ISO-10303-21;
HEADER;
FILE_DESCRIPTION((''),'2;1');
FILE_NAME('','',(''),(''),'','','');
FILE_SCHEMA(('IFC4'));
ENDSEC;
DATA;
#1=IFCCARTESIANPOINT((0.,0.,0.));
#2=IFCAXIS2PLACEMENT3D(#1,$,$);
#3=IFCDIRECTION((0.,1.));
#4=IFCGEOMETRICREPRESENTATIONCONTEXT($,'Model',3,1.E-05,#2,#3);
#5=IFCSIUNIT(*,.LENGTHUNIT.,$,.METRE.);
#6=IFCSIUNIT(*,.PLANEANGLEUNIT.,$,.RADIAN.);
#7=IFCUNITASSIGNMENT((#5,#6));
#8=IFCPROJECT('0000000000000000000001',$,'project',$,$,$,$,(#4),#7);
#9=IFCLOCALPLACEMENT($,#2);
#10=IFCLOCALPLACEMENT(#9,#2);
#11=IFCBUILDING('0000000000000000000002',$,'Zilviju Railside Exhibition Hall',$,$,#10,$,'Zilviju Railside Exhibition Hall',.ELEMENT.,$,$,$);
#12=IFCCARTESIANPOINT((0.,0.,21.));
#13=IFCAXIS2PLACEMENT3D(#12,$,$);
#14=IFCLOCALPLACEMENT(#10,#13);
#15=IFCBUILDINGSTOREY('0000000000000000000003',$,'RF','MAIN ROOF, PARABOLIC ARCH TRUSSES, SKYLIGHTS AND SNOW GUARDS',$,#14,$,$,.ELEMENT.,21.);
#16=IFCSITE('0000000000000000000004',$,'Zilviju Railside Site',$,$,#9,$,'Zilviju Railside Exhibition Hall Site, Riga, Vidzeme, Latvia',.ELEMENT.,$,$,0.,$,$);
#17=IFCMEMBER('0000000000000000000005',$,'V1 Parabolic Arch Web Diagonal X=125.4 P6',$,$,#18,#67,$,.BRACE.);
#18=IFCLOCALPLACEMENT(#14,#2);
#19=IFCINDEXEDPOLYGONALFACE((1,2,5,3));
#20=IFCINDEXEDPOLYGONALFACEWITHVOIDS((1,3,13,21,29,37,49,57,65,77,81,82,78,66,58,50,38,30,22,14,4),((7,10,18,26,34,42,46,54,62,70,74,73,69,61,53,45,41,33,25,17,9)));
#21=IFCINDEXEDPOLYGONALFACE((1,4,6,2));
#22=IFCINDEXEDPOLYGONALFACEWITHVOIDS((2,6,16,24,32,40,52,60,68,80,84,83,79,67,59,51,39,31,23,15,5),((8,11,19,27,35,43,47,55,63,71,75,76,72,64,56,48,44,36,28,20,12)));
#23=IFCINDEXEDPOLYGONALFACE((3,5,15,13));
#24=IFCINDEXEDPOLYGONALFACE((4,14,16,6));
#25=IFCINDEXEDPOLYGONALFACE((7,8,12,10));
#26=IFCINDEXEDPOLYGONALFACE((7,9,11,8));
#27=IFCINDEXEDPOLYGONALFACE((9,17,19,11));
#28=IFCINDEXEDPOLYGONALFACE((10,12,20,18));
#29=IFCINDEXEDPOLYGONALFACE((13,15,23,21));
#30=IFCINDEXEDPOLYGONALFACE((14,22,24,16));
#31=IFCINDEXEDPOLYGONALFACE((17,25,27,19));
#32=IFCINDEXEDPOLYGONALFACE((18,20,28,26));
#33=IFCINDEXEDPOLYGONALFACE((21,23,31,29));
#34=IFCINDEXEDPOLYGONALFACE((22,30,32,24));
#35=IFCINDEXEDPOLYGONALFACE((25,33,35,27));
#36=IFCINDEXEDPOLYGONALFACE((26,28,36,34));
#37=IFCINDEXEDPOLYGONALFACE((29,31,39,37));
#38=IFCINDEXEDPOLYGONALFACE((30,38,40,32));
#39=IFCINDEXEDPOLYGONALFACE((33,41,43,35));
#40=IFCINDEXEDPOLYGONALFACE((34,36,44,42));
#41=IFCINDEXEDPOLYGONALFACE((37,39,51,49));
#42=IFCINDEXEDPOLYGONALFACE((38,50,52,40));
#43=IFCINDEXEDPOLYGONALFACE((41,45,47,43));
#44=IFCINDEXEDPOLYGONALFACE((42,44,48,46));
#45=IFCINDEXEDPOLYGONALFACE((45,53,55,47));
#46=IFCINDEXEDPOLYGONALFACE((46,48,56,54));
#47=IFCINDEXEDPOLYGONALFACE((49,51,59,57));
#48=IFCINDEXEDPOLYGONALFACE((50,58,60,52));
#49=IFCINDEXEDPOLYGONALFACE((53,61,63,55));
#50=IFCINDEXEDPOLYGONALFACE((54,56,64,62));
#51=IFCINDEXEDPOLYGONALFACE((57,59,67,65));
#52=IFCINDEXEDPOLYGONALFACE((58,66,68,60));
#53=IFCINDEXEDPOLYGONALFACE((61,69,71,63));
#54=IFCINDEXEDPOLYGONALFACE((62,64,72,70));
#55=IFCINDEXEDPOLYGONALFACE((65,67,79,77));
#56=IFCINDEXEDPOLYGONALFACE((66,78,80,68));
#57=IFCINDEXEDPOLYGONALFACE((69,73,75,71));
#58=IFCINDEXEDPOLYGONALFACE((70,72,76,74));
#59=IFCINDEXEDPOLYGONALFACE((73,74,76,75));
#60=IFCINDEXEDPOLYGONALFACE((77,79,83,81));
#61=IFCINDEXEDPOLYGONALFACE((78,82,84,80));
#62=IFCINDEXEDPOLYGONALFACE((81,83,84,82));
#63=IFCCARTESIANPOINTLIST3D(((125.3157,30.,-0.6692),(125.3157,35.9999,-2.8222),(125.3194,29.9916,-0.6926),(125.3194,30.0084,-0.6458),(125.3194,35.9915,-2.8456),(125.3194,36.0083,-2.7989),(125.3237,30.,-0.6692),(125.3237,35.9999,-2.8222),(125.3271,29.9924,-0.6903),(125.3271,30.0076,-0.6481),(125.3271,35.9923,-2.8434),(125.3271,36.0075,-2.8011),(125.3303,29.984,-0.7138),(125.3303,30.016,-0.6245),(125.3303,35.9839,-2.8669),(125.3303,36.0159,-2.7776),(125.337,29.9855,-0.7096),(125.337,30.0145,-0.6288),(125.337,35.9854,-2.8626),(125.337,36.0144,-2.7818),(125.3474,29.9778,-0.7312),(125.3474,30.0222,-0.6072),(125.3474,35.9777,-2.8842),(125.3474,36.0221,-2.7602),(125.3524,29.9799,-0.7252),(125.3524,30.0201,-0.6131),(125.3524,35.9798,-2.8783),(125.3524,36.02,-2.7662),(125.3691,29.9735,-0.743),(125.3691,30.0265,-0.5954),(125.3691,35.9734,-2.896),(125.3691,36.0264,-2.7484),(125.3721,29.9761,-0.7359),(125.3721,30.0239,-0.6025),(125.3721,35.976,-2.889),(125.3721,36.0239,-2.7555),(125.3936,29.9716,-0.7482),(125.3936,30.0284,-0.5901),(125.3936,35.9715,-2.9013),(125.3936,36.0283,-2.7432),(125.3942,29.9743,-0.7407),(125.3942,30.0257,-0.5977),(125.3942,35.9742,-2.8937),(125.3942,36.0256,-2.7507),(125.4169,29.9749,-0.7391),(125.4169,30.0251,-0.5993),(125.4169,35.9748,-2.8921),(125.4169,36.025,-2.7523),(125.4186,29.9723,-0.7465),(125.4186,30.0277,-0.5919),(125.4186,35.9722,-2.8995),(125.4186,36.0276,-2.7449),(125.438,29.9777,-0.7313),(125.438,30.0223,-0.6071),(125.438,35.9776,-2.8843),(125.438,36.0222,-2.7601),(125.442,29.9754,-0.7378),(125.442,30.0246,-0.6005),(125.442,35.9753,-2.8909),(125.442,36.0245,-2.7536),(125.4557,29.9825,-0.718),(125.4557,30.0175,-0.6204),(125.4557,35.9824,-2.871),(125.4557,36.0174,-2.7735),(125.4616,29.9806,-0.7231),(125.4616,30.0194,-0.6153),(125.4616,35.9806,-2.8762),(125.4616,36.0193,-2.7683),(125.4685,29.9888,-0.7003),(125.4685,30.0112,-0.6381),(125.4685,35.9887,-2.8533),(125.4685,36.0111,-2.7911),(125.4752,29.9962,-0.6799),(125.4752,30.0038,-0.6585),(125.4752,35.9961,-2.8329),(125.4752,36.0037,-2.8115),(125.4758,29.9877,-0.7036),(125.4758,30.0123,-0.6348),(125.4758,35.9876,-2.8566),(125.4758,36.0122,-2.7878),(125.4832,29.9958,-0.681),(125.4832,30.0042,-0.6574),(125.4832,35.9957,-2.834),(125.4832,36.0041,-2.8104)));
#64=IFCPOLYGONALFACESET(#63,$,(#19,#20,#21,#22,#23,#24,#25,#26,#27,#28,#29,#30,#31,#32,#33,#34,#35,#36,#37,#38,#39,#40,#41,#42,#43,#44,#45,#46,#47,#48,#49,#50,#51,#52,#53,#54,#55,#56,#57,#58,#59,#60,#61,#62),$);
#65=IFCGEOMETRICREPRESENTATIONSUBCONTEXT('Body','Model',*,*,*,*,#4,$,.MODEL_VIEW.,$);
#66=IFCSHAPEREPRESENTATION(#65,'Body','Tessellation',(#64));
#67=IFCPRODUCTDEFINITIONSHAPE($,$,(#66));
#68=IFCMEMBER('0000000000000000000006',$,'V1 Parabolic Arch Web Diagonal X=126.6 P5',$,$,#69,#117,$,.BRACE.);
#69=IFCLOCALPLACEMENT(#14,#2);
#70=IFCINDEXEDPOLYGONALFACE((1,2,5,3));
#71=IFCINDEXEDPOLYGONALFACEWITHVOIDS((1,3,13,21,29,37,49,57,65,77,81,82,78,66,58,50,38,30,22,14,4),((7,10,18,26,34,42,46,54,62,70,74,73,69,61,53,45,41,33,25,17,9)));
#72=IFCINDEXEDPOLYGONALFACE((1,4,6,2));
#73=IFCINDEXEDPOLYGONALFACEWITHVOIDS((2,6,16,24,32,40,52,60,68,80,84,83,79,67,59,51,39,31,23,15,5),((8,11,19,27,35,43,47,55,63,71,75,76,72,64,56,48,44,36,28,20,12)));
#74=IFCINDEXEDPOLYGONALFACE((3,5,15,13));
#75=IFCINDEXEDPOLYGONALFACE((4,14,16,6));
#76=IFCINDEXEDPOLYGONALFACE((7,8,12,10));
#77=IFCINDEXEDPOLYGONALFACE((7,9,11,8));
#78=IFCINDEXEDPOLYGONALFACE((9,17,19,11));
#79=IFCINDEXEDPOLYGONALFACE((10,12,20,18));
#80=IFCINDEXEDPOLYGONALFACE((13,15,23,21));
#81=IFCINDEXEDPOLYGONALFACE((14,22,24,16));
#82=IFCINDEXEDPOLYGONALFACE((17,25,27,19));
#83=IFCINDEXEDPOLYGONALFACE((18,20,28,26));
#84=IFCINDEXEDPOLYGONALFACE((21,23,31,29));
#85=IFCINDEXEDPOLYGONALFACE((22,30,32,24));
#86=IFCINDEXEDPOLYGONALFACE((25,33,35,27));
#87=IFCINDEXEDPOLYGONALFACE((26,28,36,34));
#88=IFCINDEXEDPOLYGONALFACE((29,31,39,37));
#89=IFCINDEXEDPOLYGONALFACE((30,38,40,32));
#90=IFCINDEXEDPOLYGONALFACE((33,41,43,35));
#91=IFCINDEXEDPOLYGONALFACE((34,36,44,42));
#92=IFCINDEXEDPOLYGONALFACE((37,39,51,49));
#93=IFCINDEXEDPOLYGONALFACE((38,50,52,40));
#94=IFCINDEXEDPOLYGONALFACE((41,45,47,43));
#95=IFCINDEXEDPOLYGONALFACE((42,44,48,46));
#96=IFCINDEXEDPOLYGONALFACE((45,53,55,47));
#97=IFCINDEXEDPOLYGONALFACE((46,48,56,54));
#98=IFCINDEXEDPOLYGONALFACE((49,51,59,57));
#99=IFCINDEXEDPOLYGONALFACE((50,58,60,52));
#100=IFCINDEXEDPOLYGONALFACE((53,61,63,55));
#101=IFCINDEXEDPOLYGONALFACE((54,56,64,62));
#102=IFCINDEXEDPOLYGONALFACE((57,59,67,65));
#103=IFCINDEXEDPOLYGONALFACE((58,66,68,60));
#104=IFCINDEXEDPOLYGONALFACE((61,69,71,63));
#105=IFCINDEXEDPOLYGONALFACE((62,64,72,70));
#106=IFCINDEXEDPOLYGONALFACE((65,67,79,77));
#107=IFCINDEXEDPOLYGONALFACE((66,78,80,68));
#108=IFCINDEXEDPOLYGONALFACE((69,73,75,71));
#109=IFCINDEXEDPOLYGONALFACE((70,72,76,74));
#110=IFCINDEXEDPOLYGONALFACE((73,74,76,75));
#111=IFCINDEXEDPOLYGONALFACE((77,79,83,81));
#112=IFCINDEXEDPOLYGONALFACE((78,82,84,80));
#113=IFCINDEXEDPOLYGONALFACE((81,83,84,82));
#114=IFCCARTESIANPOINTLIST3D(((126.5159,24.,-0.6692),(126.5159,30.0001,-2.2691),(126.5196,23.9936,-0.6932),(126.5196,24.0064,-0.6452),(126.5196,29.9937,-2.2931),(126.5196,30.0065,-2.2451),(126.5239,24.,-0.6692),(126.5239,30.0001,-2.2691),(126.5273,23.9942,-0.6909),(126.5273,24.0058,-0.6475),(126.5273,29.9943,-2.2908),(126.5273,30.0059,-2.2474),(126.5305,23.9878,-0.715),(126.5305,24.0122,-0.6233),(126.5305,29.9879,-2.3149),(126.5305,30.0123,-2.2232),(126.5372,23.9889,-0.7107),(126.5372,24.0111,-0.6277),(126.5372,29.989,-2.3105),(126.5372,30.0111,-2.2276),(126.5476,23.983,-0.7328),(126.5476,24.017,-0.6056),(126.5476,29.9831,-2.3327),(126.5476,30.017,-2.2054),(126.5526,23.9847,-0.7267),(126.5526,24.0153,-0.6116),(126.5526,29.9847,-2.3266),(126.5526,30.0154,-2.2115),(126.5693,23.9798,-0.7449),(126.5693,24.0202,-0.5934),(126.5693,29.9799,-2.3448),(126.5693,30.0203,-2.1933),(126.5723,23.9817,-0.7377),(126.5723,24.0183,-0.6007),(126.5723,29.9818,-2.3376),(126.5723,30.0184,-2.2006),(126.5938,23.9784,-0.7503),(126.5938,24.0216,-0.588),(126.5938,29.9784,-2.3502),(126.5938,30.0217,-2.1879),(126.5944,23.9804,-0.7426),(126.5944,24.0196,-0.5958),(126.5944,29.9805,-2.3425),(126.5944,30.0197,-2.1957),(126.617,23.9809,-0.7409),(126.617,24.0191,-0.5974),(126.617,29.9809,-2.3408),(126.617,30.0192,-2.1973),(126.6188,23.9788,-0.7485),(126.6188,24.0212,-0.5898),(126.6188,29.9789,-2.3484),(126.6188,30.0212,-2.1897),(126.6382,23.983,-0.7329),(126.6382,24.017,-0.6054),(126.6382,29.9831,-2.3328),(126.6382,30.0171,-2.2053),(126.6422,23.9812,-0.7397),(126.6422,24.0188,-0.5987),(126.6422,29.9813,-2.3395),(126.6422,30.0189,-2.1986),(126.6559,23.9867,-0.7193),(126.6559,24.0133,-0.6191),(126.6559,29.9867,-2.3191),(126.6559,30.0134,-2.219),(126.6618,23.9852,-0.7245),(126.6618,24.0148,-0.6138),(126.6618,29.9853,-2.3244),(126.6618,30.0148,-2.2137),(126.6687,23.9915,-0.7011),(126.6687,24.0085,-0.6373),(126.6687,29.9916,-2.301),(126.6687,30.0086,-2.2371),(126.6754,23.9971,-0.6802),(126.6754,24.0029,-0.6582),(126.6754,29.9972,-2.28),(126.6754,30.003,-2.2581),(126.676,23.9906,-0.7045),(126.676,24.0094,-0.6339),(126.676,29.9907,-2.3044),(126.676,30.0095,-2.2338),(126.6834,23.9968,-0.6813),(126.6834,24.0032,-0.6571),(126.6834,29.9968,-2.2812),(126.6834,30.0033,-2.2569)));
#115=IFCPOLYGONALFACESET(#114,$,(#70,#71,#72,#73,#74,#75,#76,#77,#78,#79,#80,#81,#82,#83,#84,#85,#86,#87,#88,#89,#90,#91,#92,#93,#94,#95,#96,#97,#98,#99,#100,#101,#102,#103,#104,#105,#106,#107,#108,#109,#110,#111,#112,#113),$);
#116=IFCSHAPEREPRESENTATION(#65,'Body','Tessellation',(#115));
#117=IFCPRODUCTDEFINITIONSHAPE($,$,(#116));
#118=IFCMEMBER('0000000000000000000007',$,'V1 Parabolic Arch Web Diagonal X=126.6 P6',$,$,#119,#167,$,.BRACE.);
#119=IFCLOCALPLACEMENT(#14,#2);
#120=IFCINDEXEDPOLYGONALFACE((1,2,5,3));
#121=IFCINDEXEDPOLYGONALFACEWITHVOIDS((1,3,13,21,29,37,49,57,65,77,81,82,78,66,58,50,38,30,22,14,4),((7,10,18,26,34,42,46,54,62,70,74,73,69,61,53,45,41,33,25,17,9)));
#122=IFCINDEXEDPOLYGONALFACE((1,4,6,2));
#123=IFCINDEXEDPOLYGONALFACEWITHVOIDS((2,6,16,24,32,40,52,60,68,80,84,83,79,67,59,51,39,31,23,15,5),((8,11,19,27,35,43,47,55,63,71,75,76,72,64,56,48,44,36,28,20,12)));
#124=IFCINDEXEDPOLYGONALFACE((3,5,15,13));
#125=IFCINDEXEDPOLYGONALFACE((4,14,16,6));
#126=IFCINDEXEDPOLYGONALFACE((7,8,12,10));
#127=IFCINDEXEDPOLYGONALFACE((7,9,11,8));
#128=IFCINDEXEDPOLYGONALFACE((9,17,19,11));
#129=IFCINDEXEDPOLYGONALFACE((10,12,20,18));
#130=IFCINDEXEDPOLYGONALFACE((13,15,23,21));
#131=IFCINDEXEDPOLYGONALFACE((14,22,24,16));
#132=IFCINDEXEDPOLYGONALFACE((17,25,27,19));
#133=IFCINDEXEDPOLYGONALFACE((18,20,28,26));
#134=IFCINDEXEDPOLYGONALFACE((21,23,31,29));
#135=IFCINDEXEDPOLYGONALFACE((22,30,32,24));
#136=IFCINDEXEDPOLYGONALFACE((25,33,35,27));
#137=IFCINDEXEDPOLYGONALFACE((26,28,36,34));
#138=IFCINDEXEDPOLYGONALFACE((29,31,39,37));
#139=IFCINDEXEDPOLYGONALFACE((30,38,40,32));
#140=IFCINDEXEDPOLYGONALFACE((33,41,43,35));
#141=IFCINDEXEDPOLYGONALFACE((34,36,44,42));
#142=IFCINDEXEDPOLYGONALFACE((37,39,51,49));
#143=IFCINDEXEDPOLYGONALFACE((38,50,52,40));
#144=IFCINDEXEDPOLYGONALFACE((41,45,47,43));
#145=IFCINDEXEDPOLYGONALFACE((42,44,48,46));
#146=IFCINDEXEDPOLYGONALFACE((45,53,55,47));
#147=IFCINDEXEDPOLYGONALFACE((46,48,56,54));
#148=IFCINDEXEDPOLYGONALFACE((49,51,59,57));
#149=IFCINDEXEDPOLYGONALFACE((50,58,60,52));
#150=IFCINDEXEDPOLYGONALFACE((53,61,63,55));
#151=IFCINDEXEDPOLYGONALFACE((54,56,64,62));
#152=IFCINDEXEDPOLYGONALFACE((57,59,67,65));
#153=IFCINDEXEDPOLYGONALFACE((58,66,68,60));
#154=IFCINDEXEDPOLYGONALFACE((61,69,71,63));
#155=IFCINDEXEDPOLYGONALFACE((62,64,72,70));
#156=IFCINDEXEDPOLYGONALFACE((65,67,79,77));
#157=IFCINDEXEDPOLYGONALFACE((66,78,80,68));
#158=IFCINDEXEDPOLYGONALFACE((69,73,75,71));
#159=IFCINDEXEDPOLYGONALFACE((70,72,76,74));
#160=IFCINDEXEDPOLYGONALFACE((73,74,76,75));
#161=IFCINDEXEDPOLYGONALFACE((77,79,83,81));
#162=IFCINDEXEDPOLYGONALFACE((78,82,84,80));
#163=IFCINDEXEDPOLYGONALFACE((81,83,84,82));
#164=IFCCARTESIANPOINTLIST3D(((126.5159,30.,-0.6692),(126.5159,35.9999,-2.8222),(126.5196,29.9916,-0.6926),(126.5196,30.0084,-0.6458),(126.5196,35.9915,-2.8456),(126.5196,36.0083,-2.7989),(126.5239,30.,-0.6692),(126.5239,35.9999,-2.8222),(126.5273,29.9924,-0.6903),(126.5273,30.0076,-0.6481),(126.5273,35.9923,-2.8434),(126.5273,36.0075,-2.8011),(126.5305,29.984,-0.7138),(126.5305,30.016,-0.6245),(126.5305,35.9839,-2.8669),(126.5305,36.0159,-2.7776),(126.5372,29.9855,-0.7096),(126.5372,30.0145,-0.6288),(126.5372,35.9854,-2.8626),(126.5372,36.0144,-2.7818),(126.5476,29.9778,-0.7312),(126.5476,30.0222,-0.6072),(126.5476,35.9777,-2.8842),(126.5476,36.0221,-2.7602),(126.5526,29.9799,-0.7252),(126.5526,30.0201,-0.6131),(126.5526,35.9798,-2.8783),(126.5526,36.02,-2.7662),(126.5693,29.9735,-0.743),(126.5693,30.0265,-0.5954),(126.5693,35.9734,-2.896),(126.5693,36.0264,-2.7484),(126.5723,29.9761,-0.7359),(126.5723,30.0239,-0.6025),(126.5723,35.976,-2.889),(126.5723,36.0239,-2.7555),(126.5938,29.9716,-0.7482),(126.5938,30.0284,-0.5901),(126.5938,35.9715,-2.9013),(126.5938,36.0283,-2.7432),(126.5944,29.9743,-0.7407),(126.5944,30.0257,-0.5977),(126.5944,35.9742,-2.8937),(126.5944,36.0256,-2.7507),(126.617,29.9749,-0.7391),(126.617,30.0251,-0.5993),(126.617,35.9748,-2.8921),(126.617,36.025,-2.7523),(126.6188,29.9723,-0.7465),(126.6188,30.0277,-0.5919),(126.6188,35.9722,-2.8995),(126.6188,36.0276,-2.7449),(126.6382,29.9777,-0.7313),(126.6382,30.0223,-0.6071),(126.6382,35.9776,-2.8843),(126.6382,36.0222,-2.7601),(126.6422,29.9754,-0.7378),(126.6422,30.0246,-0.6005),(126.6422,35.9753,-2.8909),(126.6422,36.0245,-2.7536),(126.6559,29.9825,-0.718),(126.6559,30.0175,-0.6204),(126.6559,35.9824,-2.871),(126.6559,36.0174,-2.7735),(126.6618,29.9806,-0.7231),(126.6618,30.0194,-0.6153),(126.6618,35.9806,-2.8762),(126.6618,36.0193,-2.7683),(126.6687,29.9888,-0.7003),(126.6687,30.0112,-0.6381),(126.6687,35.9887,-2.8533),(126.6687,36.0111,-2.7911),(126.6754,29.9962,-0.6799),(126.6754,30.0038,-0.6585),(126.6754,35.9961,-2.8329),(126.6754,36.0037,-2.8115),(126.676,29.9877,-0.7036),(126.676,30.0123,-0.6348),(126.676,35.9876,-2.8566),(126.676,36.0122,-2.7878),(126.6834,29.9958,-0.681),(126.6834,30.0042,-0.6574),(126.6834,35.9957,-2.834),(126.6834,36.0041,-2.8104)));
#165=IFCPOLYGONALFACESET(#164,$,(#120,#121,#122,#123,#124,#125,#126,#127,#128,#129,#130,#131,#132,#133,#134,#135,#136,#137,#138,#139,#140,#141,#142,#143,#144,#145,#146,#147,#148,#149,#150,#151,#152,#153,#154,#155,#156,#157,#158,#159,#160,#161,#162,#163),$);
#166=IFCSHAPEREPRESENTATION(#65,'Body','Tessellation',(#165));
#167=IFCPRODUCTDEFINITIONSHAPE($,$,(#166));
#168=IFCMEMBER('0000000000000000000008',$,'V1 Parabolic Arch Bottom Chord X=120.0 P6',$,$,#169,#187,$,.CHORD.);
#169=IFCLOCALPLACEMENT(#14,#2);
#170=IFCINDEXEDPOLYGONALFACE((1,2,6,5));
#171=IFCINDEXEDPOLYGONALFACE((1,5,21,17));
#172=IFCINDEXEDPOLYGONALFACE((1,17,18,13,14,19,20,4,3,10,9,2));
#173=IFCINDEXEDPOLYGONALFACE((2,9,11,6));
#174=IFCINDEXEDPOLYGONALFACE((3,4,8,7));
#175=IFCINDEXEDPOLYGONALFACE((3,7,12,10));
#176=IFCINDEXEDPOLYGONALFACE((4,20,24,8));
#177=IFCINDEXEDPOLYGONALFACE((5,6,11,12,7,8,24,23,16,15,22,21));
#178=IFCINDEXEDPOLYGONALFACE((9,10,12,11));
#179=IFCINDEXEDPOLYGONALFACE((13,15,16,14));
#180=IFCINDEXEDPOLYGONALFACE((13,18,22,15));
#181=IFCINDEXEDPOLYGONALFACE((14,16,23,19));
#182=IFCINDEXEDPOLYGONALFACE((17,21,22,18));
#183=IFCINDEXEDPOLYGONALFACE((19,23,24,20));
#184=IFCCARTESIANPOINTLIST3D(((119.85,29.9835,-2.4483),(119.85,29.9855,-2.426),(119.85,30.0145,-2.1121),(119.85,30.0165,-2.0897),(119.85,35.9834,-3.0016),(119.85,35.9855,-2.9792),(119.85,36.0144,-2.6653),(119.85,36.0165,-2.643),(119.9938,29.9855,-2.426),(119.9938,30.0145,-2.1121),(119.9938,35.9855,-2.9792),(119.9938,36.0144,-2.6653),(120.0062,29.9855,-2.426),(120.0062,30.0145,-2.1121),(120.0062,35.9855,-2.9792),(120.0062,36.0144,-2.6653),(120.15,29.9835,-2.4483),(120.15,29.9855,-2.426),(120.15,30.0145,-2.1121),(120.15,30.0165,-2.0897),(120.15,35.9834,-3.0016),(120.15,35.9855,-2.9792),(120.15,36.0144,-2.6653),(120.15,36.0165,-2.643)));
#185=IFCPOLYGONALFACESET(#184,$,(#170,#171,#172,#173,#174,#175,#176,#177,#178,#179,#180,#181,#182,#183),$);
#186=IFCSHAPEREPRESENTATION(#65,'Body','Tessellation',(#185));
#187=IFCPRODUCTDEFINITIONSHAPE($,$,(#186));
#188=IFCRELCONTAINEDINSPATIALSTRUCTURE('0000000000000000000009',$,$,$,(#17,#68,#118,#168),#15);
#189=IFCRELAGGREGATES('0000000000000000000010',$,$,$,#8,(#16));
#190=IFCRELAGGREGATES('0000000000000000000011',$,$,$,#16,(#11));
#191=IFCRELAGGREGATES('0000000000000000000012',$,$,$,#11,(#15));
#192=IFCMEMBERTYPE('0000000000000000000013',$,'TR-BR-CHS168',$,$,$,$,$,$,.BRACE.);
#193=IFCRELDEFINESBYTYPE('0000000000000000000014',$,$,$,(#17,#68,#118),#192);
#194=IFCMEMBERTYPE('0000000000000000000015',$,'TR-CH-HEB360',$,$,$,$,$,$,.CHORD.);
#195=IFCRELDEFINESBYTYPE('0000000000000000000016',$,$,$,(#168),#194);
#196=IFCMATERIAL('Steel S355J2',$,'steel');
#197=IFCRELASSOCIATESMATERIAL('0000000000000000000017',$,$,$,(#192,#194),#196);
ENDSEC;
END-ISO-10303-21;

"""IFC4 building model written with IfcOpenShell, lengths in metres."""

from ifc_helpers import new_model, si_unit, direction, frame, origin, origin_2d, place, context, subcontext, project, spatial, hollow_circle, i_section, extrude, material, material_profile, profile_set, type_object, element, save


model = new_model("IFC4")

# Units and contexts
model_context = context("Model", 3, precision=1e-05, world=origin(), true_north=direction((0.0, 1.0)))
body_context = subcontext(model_context, "Body", "Model", "MODEL_VIEW")
ifc_project = project(units=[si_unit("LENGTHUNIT", "METRE"), si_unit("PLANEANGLEUNIT", "RADIAN")], contexts=[model_context])

# Site, building, storey
site_placement = place(None, origin())
site = spatial("IfcSite", under=ifc_project, at=site_placement, Name="Zilviju Railside Site", LongName="Zilviju Railside Exhibition Hall Site, Riga, Vidzeme, Latvia", CompositionType="ELEMENT", RefElevation=0.0)
building_placement = place(site_placement, origin())
building = spatial("IfcBuilding", under=site, at=building_placement, Name="Zilviju Railside Exhibition Hall", LongName="Zilviju Railside Exhibition Hall", CompositionType="ELEMENT")
storey_placement = place(building_placement, frame((0.0, 0.0, 21.0)))
storey = spatial("IfcBuildingStorey", under=building, at=storey_placement, Name="RF", Description="MAIN ROOF, PARABOLIC ARCH TRUSSES, SKYLIGHTS AND SNOW GUARDS", CompositionType="ELEMENT", Elevation=21.0)

# Members
ifc_material_1 = material(Name="Steel S355J2", Category="steel")
ifc_material_profile_1 = material_profile(ifc_material_1, hollow_circle(Radius=0.0842, WallThickness=0.0081, at=origin_2d()), Name="CHS 168.3x8.0")
ifc_profile_set_1 = profile_set([ifc_material_profile_1], Name="Steel S355J2")
member_type_1 = type_object("IfcMemberType", Name="TR-BR-CHS168", PredefinedType="BRACE", material=ifc_profile_set_1)
member_1_placement = place(storey_placement, frame((125.3999, 30.0, -0.6692), z_axis=(0.0, 0.941233, -0.337758), x_axis=(-1.0, 0.0, 0.0)))
element("IfcMember", 1, at=member_1_placement, inside=storey, type_object=member_type_1, Name="V1 Parabolic Arch Web Diagonal X=125.4 P6", PredefinedType="BRACE", context=body_context, shape_type="SweptSolid", body=[
    extrude(hollow_circle(Radius=0.0842, WallThickness=0.0081, at=origin_2d()), origin(), (0.0, 0.0, 1.0), 6.3745),
])
member_2_placement = place(storey_placement, frame((126.6001, 24.0, -0.6692), z_axis=(0.0, 0.966241, -0.257641), x_axis=(-1.0, 0.0, 0.0)))
element("IfcMember", 2, at=member_2_placement, inside=storey, type_object=member_type_1, Name="V1 Parabolic Arch Web Diagonal X=126.6 P5", PredefinedType="BRACE", context=body_context, shape_type="SweptSolid", body=[
    extrude(hollow_circle(Radius=0.0842, WallThickness=0.0081, at=origin_2d()), origin(), (0.0, 0.0, 1.0), 6.2097),
])
member_3_placement = place(storey_placement, frame((126.6001, 30.0, -0.6692), z_axis=(0.0, 0.941233, -0.337758), x_axis=(-1.0, 0.0, 0.0)))
element("IfcMember", 3, at=member_3_placement, inside=storey, type_object=member_type_1, Name="V1 Parabolic Arch Web Diagonal X=126.6 P6", PredefinedType="BRACE", context=body_context, shape_type="SweptSolid", body=[
    extrude(hollow_circle(Radius=0.0842, WallThickness=0.0081, at=origin_2d()), origin(), (0.0, 0.0, 1.0), 6.3745),
])
ifc_material_profile_2 = material_profile(ifc_material_1, i_section(OverallWidth=0.3, OverallDepth=0.3601, WebThickness=0.0125, FlangeThickness=0.0225, at=origin_2d()), Name="HEB 360")
ifc_profile_set_2 = profile_set([ifc_material_profile_2], Name="Steel S355J2")
member_type_2 = type_object("IfcMemberType", Name="TR-CH-HEB360", PredefinedType="CHORD", material=ifc_profile_set_2)
member_4_placement = place(storey_placement, frame((120.0, 30.0, -2.269), z_axis=(0.0, 0.995776, -0.091814), x_axis=(-1.0, 0.0, 0.0)))
element("IfcMember", 4, at=member_4_placement, inside=storey, type_object=member_type_2, Name="V1 Parabolic Arch Bottom Chord X=120.0 P6", PredefinedType="CHORD", context=body_context, shape_type="SweptSolid", body=[
    extrude(i_section(OverallWidth=0.3, OverallDepth=0.3601, WebThickness=0.0125, FlangeThickness=0.0225, at=origin_2d()), origin(), (0.0, 0.0, 1.0), 6.0254),
])

save(model, "model.ifc")
